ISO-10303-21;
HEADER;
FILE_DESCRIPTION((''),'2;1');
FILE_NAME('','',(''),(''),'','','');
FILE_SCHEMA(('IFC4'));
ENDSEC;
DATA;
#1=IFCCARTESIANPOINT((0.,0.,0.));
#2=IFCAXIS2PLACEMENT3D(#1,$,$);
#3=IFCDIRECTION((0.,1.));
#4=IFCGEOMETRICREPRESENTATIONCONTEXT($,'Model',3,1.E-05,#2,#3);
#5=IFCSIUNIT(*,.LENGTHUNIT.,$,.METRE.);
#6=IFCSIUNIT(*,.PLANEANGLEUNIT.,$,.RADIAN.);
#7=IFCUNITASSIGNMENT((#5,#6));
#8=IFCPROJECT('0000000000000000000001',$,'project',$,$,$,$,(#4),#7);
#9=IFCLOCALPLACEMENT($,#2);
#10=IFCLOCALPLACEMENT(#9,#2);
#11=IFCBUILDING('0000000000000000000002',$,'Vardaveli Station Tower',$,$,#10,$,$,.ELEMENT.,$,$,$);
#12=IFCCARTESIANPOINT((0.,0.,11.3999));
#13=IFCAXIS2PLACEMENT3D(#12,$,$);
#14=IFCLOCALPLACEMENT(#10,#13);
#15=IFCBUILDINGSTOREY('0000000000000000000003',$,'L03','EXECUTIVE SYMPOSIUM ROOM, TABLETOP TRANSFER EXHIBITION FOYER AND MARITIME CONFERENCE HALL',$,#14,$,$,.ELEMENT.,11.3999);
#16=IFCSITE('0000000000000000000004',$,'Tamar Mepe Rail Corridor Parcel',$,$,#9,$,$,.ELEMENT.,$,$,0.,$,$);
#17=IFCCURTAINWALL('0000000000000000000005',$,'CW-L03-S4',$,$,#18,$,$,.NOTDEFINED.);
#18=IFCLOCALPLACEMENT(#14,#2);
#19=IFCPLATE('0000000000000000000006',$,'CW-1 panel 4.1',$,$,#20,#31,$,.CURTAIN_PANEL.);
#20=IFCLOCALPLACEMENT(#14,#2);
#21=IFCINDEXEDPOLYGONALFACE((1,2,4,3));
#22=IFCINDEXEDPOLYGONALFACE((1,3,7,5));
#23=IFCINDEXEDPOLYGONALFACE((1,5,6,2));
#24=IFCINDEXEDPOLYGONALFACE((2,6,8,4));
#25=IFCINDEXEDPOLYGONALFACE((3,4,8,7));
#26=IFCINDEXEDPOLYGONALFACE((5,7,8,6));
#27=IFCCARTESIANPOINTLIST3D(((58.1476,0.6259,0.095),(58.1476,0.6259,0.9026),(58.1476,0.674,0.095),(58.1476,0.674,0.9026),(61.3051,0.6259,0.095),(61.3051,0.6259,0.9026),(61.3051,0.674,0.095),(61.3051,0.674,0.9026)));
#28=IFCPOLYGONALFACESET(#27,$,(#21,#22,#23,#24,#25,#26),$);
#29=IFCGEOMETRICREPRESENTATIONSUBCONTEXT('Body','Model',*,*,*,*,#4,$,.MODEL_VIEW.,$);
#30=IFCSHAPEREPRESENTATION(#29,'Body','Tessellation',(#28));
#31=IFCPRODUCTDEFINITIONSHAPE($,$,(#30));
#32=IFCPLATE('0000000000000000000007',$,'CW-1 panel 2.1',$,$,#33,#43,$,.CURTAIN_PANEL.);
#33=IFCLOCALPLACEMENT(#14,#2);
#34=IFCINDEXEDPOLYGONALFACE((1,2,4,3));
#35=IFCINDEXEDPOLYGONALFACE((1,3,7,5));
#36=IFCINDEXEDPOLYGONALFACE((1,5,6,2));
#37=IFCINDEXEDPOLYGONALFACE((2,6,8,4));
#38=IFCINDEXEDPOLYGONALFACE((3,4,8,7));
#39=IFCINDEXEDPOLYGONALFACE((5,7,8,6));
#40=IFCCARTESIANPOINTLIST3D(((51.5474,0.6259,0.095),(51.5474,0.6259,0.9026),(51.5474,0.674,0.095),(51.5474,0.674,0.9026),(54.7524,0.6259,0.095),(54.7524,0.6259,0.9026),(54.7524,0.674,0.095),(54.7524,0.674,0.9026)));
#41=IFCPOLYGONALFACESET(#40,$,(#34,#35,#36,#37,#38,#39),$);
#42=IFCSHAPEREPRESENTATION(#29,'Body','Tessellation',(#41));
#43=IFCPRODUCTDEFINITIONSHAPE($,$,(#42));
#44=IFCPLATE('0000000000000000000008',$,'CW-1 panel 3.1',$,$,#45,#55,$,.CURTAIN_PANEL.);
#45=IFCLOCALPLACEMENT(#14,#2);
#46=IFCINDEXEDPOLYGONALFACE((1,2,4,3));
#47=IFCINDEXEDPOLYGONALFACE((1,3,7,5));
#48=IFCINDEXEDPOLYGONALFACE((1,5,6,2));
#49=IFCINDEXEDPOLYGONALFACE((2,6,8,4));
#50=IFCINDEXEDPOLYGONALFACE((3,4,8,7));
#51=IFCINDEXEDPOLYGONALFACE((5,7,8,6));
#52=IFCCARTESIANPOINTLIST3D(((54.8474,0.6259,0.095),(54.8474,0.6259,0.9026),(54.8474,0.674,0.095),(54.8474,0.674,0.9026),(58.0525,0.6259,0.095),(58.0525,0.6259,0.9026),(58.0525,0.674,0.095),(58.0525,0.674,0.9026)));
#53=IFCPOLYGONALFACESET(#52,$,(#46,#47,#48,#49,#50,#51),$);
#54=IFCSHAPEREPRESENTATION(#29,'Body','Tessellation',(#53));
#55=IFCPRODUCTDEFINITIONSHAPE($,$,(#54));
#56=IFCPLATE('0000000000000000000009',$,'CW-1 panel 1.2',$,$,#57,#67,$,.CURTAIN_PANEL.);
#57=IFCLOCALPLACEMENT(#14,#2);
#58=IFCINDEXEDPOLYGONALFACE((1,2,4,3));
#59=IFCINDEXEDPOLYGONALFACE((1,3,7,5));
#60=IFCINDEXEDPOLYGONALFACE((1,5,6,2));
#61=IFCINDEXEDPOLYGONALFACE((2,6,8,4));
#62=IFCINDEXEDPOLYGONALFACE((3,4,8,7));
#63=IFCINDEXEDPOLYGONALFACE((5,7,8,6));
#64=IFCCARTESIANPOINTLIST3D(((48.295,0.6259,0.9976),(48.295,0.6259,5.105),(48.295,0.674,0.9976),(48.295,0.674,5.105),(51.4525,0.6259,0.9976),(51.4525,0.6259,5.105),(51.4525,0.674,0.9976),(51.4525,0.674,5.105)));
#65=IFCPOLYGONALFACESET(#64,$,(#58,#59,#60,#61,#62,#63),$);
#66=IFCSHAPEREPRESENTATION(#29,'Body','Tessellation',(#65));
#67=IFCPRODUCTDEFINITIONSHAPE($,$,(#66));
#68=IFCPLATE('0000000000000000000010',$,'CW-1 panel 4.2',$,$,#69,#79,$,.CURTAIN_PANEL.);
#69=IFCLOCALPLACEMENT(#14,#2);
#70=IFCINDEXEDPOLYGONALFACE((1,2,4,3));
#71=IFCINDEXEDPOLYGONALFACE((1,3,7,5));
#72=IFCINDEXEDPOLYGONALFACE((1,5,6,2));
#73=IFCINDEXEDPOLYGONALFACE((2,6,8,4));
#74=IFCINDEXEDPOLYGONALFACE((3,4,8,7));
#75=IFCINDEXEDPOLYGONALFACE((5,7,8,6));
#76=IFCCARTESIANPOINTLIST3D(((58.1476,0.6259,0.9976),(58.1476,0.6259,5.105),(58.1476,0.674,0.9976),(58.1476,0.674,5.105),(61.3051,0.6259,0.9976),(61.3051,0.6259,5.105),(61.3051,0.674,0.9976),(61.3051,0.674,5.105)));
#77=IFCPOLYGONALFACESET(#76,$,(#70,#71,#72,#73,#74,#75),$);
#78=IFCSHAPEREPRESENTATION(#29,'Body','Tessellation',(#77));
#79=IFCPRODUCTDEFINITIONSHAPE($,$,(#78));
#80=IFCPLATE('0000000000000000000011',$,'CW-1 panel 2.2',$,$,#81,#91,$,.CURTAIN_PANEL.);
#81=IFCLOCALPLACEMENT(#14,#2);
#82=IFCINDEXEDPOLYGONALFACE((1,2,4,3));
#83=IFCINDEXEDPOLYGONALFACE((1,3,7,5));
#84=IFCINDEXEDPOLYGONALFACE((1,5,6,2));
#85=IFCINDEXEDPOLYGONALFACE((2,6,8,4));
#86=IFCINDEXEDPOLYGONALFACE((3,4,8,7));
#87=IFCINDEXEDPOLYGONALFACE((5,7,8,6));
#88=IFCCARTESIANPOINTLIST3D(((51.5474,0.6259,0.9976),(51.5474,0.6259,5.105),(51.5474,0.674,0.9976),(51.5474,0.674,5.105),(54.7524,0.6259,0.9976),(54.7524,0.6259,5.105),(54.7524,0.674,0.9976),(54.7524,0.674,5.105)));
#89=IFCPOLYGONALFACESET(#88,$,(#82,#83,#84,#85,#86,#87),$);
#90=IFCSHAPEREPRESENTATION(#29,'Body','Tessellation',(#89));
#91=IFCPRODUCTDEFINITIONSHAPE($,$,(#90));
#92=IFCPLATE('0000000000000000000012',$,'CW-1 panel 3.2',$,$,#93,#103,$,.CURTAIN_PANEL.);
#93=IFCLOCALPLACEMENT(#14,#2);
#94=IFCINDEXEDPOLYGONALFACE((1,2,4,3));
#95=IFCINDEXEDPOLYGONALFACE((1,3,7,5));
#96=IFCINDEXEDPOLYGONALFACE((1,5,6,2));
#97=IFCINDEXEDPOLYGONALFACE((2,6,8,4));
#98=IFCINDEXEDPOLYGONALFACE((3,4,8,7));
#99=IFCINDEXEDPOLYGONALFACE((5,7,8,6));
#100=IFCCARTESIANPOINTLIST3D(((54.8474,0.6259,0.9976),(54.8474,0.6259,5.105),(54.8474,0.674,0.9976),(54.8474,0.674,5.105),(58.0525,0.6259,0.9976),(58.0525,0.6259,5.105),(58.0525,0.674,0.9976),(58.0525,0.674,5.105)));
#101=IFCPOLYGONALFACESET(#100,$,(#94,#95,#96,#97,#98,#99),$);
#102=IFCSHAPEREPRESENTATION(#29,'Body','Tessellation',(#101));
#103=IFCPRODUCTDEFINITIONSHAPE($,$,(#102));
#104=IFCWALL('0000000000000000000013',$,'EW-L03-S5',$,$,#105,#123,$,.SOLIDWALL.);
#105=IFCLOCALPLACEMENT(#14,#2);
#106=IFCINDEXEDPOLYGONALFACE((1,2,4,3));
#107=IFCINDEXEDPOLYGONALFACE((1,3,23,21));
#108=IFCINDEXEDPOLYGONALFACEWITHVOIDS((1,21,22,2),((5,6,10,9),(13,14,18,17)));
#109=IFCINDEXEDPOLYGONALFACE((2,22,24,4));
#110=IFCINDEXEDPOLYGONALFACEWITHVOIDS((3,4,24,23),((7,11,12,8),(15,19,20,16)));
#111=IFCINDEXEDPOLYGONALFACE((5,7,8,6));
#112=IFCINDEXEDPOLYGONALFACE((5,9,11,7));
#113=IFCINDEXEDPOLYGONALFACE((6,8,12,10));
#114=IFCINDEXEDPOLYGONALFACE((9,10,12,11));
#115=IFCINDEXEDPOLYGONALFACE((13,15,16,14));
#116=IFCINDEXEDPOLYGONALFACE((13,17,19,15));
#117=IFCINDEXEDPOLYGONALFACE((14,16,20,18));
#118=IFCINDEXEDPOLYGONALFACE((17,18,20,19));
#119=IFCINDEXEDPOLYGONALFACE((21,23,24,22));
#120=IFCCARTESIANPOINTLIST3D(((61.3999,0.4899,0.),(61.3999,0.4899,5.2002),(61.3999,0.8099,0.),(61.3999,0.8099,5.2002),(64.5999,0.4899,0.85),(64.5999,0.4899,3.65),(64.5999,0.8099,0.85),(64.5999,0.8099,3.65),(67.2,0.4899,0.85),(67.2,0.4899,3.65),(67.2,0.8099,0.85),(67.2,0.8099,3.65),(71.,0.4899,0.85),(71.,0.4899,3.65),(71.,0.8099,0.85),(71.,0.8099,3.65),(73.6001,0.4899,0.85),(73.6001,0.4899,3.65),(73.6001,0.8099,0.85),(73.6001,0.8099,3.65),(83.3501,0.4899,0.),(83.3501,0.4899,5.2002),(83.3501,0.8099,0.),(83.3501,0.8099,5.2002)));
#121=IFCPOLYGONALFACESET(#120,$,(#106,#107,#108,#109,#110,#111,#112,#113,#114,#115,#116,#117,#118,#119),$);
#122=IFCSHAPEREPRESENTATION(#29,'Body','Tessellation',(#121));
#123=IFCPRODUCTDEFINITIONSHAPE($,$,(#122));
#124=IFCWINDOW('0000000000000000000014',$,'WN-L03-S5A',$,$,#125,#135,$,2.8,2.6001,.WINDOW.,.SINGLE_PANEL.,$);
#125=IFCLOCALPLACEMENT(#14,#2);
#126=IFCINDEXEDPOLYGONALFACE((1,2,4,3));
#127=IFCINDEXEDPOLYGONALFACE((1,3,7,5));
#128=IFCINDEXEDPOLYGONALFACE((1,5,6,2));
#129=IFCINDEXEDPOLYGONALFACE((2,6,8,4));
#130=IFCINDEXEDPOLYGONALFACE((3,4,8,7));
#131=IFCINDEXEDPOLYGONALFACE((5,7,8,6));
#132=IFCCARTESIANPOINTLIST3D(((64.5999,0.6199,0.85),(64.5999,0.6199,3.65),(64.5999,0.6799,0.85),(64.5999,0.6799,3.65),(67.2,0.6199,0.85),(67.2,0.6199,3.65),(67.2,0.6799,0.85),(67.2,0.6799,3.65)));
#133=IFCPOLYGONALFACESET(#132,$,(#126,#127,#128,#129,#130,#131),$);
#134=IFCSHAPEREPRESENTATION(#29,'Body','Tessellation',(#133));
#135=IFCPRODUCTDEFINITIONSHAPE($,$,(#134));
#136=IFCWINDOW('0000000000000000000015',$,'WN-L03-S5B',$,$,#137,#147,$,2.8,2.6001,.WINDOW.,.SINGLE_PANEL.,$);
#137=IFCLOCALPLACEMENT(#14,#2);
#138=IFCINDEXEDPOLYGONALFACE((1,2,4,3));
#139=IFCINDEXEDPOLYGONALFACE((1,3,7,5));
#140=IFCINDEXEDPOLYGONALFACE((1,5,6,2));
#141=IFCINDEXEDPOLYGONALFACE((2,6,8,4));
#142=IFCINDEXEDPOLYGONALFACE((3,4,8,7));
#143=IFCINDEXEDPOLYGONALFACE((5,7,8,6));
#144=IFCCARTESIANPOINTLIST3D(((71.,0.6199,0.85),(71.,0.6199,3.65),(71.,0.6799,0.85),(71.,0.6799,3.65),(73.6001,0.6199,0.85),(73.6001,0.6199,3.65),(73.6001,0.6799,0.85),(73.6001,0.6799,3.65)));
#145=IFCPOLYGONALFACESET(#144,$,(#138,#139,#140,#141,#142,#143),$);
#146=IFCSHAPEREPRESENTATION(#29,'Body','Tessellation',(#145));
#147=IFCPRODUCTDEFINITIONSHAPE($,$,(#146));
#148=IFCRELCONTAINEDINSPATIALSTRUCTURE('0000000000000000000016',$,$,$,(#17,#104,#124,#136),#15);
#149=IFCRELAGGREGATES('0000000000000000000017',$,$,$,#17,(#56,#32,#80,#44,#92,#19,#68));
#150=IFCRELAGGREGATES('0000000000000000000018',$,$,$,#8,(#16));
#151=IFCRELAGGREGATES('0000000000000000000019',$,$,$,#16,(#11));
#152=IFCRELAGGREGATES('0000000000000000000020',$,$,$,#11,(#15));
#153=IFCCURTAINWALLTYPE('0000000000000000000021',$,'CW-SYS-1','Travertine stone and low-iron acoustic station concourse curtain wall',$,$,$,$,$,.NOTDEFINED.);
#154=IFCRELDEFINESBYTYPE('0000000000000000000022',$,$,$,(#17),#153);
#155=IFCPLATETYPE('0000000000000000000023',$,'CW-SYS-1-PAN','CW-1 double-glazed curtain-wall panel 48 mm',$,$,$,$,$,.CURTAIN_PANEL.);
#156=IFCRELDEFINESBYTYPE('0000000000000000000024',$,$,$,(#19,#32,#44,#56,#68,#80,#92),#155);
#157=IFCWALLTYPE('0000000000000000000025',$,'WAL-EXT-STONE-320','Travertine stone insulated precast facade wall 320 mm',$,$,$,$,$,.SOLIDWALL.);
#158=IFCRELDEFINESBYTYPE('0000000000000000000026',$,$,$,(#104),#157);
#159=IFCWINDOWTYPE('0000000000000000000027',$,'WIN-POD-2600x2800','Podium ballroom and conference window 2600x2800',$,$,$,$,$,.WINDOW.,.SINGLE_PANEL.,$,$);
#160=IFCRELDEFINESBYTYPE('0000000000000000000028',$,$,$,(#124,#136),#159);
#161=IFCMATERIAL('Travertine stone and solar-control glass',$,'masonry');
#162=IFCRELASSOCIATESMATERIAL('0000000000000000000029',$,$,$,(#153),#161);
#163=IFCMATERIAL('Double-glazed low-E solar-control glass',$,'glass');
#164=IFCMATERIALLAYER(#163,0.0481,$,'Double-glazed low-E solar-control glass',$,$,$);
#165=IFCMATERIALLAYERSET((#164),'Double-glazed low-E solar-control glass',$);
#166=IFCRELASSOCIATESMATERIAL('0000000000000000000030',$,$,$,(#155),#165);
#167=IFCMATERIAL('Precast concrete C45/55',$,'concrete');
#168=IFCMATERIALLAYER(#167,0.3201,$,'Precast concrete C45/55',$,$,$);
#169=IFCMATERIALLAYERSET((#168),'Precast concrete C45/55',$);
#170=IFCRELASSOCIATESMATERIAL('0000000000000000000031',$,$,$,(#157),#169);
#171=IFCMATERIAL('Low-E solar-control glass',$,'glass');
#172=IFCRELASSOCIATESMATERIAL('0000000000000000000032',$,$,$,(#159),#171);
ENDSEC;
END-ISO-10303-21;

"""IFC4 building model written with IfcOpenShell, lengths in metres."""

from ifc_helpers import new_model, si_unit, direction, frame, frame_2d, origin, origin_2d, place, context, subcontext, project, spatial, rectangle, extrude, source, transform, mapped, material, layer, layer_set, type_object, element, fill, aggregate, save


model = new_model("IFC4")

# Units and contexts
model_context = context("Model", 3, precision=1e-05, world=origin(), true_north=direction((0.0, 1.0)))
body_context = subcontext(model_context, "Body", "Model", "MODEL_VIEW")
ifc_project = project(units=[si_unit("LENGTHUNIT", "METRE"), si_unit("PLANEANGLEUNIT", "RADIAN")], contexts=[model_context])

# Site, building, storey
site_placement = place(None, origin())
site = spatial("IfcSite", under=ifc_project, at=site_placement, Name="Tamar Mepe Rail Corridor Parcel", CompositionType="ELEMENT", RefElevation=0.0)
building_placement = place(site_placement, origin())
building = spatial("IfcBuilding", under=site, at=building_placement, Name="Vardaveli Station Tower", CompositionType="ELEMENT")
storey_placement = place(building_placement, frame((0.0, 0.0, 11.3999)))
storey = spatial("IfcBuildingStorey", under=building, at=storey_placement, Name="L03", Description="EXECUTIVE SYMPOSIUM ROOM, TABLETOP TRANSFER EXHIBITION FOYER AND MARITIME CONFERENCE HALL", CompositionType="ELEMENT", Elevation=11.3999)

# Curtain wall, plates
ifc_material_1 = material(Name="Travertine stone and solar-control glass", Category="masonry")
curtain_wall_type = type_object("IfcCurtainWallType", Name="CW-SYS-1", Description="Travertine stone and low-iron acoustic station concourse curtain wall", PredefinedType="NOTDEFINED", material=ifc_material_1)
curtain_wall_placement = place(storey_placement, origin())
curtain_wall = element("IfcCurtainWall", 1, at=curtain_wall_placement, inside=storey, type_object=curtain_wall_type, Name="CW-L03-S4", PredefinedType="NOTDEFINED")
ifc_material_2 = material(Name="Double-glazed low-E solar-control glass", Category="glass")
ifc_layer_1 = layer(ifc_material_2, 0.0481, Name="Double-glazed low-E solar-control glass")
ifc_layer_set_1 = layer_set([ifc_layer_1], Name="Double-glazed low-E solar-control glass")
plate_type = type_object("IfcPlateType", Name="CW-SYS-1-PAN", Description="CW-1 double-glazed curtain-wall panel 48 mm", PredefinedType="CURTAIN_PANEL", material=ifc_layer_set_1)
shared_shape_1 = source(origin(), body_context, "Body", "SweptSolid", [
    extrude(rectangle(XDim=3.1575, YDim=0.0481, at=origin_2d()), origin(), (0.0, 0.0, 1.0), 0.8076),
])
plate_1_placement = place(storey_placement, frame((59.7263, 0.6499, 0.095), z_axis=(0.0, 0.0, 1.0), x_axis=(1.0, 0.0, 0.0)))
plate_1 = element("IfcPlate", 2, at=plate_1_placement, type_object=plate_type, Name="CW-1 panel 4.1", PredefinedType="CURTAIN_PANEL", context=body_context, shape_type="MappedRepresentation", body=[
    mapped(shared_shape_1, transform((0.0, 0.0, 0.0), scale=1.0)),
])
shared_shape_2 = source(origin(), body_context, "Body", "SweptSolid", [
    extrude(rectangle(XDim=3.2051, YDim=0.0481, at=origin_2d()), origin(), (0.0, 0.0, 1.0), 0.8076),
])
plate_2_placement = place(storey_placement, frame((53.1499, 0.6499, 0.095), z_axis=(0.0, 0.0, 1.0), x_axis=(1.0, 0.0, 0.0)))
plate_2 = element("IfcPlate", 3, at=plate_2_placement, type_object=plate_type, Name="CW-1 panel 2.1", PredefinedType="CURTAIN_PANEL", context=body_context, shape_type="MappedRepresentation", body=[
    mapped(shared_shape_2, transform((0.0, 0.0, 0.0), scale=1.0)),
])
plate_3_placement = place(storey_placement, frame((56.45, 0.6499, 0.095), z_axis=(0.0, 0.0, 1.0), x_axis=(1.0, 0.0, 0.0)))
plate_3 = element("IfcPlate", 4, at=plate_3_placement, type_object=plate_type, Name="CW-1 panel 3.1", PredefinedType="CURTAIN_PANEL", context=body_context, shape_type="MappedRepresentation", body=[
    mapped(shared_shape_2, transform((0.0, 0.0, 0.0), scale=1.0)),
])
shared_shape_3 = source(origin(), body_context, "Body", "SweptSolid", [
    extrude(rectangle(XDim=3.1575, YDim=0.0481, at=origin_2d()), origin(), (0.0, 0.0, 1.0), 4.1074),
])
plate_4_placement = place(storey_placement, frame((49.8738, 0.6499, 0.9976), z_axis=(0.0, 0.0, 1.0), x_axis=(1.0, 0.0, 0.0)))
plate_4 = element("IfcPlate", 5, at=plate_4_placement, type_object=plate_type, Name="CW-1 panel 1.2", PredefinedType="CURTAIN_PANEL", context=body_context, shape_type="MappedRepresentation", body=[
    mapped(shared_shape_3, transform((0.0, 0.0, 0.0), scale=1.0)),
])
plate_5_placement = place(storey_placement, frame((59.7263, 0.6499, 0.9976), z_axis=(0.0, 0.0, 1.0), x_axis=(1.0, 0.0, 0.0)))
plate_5 = element("IfcPlate", 6, at=plate_5_placement, type_object=plate_type, Name="CW-1 panel 4.2", PredefinedType="CURTAIN_PANEL", context=body_context, shape_type="MappedRepresentation", body=[
    mapped(shared_shape_3, transform((0.0, 0.0, 0.0), scale=1.0)),
])
shared_shape_4 = source(origin(), body_context, "Body", "SweptSolid", [
    extrude(rectangle(XDim=3.2051, YDim=0.0481, at=origin_2d()), origin(), (0.0, 0.0, 1.0), 4.1074),
])
plate_6_placement = place(storey_placement, frame((53.1499, 0.6499, 0.9976), z_axis=(0.0, 0.0, 1.0), x_axis=(1.0, 0.0, 0.0)))
plate_6 = element("IfcPlate", 7, at=plate_6_placement, type_object=plate_type, Name="CW-1 panel 2.2", PredefinedType="CURTAIN_PANEL", context=body_context, shape_type="MappedRepresentation", body=[
    mapped(shared_shape_4, transform((0.0, 0.0, 0.0), scale=1.0)),
])
plate_7_placement = place(storey_placement, frame((56.45, 0.6499, 0.9976), z_axis=(0.0, 0.0, 1.0), x_axis=(1.0, 0.0, 0.0)))
plate_7 = element("IfcPlate", 8, at=plate_7_placement, type_object=plate_type, Name="CW-1 panel 3.2", PredefinedType="CURTAIN_PANEL", context=body_context, shape_type="MappedRepresentation", body=[
    mapped(shared_shape_4, transform((0.0, 0.0, 0.0), scale=1.0)),
])
aggregate(curtain_wall, [plate_4, plate_2, plate_6, plate_3, plate_7, plate_1, plate_5])

# Wall, openings, windows
ifc_material_3 = material(Name="Precast concrete C45/55", Category="concrete")
ifc_layer_2 = layer(ifc_material_3, 0.3201, Name="Precast concrete C45/55")
ifc_layer_set_2 = layer_set([ifc_layer_2], Name="Precast concrete C45/55")
wall_type_1 = type_object("IfcWallType", Name="WAL-EXT-STONE-320", Description="Travertine stone insulated precast facade wall 320 mm", PredefinedType="SOLIDWALL", material=ifc_layer_set_2)
shared_shape_5 = source(origin(), body_context, "Body", "SweptSolid", [
    extrude(rectangle(XDim=21.9502, YDim=0.3201, at=frame_2d((10.9751, 0.0))), origin(), (0.0, 0.0, 1.0), 5.2002),
])
wall_1_placement = place(storey_placement, frame((61.3999, 0.6499, 0.0), z_axis=(0.0, 0.0, 1.0), x_axis=(1.0, 0.0, 0.0)))
wall_1 = element("IfcWall", 9, at=wall_1_placement, inside=storey, type_object=wall_type_1, Name="EW-L03-S5", PredefinedType="SOLIDWALL", context=body_context, shape_type="MappedRepresentation", body=[
    mapped(shared_shape_5, transform((0.0, 0.0, 0.0), scale=1.0)),
])
shared_shape_6 = source(origin(), body_context, "Body", "SweptSolid", [
    extrude(rectangle(XDim=2.6001, YDim=2.8, at=frame_2d((1.3, 1.3999))), frame((0.0, 0.1699, 0.0), z_axis=(0.0, -1.0, 0.0), x_axis=(1.0, 0.0, 0.0)), (0.0, 0.0, 1.0), 0.3401),
])
opening_1_placement = place(wall_1_placement, frame((3.2, 0.0, 0.8501)))
opening_1 = element("IfcOpeningElement", 10, at=opening_1_placement, cuts=wall_1, PredefinedType="OPENING", context=body_context, shape_type="MappedRepresentation", body=[
    mapped(shared_shape_6, transform((0.0, 0.0, 0.0), scale=1.0)),
])
opening_2_placement = place(wall_1_placement, frame((9.6001, 0.0, 0.8501)))
opening_2 = element("IfcOpeningElement", 11, at=opening_2_placement, cuts=wall_1, PredefinedType="OPENING", context=body_context, shape_type="MappedRepresentation", body=[
    mapped(shared_shape_6, transform((0.0, 0.0, 0.0), scale=1.0)),
])
ifc_material_4 = material(Name="Low-E solar-control glass", Category="glass")
window_type = type_object("IfcWindowType", Name="WIN-POD-2600x2800", Description="Podium ballroom and conference window 2600x2800", PartitioningType="SINGLE_PANEL", PredefinedType="WINDOW", material=ifc_material_4)
shared_shape_7 = source(origin(), body_context, "Body", "SweptSolid", [
    extrude(rectangle(XDim=2.6001, YDim=2.8, at=frame_2d((1.3, 1.3999))), frame((0.0, 0.03, 0.0), z_axis=(0.0, -1.0, 0.0), x_axis=(1.0, 0.0, 0.0)), (0.0, 0.0, 1.0), 0.0601),
])
window_1_placement = place(opening_1_placement, origin())
window_1 = element("IfcWindow", 12, at=window_1_placement, inside=storey, type_object=window_type, Name="WN-L03-S5A", OverallHeight=2.8, OverallWidth=2.6001, PartitioningType="SINGLE_PANEL", PredefinedType="WINDOW", context=body_context, shape_type="MappedRepresentation", body=[
    mapped(shared_shape_7, transform((0.0, 0.0, 0.0), scale=1.0)),
])
fill(opening_1, window_1)
window_2_placement = place(opening_2_placement, origin())
window_2 = element("IfcWindow", 13, at=window_2_placement, inside=storey, type_object=window_type, Name="WN-L03-S5B", OverallHeight=2.8, OverallWidth=2.6001, PartitioningType="SINGLE_PANEL", PredefinedType="WINDOW", context=body_context, shape_type="MappedRepresentation", body=[
    mapped(shared_shape_7, transform((0.0, 0.0, 0.0), scale=1.0)),
])
fill(opening_2, window_2)

save(model, "model.ifc")
